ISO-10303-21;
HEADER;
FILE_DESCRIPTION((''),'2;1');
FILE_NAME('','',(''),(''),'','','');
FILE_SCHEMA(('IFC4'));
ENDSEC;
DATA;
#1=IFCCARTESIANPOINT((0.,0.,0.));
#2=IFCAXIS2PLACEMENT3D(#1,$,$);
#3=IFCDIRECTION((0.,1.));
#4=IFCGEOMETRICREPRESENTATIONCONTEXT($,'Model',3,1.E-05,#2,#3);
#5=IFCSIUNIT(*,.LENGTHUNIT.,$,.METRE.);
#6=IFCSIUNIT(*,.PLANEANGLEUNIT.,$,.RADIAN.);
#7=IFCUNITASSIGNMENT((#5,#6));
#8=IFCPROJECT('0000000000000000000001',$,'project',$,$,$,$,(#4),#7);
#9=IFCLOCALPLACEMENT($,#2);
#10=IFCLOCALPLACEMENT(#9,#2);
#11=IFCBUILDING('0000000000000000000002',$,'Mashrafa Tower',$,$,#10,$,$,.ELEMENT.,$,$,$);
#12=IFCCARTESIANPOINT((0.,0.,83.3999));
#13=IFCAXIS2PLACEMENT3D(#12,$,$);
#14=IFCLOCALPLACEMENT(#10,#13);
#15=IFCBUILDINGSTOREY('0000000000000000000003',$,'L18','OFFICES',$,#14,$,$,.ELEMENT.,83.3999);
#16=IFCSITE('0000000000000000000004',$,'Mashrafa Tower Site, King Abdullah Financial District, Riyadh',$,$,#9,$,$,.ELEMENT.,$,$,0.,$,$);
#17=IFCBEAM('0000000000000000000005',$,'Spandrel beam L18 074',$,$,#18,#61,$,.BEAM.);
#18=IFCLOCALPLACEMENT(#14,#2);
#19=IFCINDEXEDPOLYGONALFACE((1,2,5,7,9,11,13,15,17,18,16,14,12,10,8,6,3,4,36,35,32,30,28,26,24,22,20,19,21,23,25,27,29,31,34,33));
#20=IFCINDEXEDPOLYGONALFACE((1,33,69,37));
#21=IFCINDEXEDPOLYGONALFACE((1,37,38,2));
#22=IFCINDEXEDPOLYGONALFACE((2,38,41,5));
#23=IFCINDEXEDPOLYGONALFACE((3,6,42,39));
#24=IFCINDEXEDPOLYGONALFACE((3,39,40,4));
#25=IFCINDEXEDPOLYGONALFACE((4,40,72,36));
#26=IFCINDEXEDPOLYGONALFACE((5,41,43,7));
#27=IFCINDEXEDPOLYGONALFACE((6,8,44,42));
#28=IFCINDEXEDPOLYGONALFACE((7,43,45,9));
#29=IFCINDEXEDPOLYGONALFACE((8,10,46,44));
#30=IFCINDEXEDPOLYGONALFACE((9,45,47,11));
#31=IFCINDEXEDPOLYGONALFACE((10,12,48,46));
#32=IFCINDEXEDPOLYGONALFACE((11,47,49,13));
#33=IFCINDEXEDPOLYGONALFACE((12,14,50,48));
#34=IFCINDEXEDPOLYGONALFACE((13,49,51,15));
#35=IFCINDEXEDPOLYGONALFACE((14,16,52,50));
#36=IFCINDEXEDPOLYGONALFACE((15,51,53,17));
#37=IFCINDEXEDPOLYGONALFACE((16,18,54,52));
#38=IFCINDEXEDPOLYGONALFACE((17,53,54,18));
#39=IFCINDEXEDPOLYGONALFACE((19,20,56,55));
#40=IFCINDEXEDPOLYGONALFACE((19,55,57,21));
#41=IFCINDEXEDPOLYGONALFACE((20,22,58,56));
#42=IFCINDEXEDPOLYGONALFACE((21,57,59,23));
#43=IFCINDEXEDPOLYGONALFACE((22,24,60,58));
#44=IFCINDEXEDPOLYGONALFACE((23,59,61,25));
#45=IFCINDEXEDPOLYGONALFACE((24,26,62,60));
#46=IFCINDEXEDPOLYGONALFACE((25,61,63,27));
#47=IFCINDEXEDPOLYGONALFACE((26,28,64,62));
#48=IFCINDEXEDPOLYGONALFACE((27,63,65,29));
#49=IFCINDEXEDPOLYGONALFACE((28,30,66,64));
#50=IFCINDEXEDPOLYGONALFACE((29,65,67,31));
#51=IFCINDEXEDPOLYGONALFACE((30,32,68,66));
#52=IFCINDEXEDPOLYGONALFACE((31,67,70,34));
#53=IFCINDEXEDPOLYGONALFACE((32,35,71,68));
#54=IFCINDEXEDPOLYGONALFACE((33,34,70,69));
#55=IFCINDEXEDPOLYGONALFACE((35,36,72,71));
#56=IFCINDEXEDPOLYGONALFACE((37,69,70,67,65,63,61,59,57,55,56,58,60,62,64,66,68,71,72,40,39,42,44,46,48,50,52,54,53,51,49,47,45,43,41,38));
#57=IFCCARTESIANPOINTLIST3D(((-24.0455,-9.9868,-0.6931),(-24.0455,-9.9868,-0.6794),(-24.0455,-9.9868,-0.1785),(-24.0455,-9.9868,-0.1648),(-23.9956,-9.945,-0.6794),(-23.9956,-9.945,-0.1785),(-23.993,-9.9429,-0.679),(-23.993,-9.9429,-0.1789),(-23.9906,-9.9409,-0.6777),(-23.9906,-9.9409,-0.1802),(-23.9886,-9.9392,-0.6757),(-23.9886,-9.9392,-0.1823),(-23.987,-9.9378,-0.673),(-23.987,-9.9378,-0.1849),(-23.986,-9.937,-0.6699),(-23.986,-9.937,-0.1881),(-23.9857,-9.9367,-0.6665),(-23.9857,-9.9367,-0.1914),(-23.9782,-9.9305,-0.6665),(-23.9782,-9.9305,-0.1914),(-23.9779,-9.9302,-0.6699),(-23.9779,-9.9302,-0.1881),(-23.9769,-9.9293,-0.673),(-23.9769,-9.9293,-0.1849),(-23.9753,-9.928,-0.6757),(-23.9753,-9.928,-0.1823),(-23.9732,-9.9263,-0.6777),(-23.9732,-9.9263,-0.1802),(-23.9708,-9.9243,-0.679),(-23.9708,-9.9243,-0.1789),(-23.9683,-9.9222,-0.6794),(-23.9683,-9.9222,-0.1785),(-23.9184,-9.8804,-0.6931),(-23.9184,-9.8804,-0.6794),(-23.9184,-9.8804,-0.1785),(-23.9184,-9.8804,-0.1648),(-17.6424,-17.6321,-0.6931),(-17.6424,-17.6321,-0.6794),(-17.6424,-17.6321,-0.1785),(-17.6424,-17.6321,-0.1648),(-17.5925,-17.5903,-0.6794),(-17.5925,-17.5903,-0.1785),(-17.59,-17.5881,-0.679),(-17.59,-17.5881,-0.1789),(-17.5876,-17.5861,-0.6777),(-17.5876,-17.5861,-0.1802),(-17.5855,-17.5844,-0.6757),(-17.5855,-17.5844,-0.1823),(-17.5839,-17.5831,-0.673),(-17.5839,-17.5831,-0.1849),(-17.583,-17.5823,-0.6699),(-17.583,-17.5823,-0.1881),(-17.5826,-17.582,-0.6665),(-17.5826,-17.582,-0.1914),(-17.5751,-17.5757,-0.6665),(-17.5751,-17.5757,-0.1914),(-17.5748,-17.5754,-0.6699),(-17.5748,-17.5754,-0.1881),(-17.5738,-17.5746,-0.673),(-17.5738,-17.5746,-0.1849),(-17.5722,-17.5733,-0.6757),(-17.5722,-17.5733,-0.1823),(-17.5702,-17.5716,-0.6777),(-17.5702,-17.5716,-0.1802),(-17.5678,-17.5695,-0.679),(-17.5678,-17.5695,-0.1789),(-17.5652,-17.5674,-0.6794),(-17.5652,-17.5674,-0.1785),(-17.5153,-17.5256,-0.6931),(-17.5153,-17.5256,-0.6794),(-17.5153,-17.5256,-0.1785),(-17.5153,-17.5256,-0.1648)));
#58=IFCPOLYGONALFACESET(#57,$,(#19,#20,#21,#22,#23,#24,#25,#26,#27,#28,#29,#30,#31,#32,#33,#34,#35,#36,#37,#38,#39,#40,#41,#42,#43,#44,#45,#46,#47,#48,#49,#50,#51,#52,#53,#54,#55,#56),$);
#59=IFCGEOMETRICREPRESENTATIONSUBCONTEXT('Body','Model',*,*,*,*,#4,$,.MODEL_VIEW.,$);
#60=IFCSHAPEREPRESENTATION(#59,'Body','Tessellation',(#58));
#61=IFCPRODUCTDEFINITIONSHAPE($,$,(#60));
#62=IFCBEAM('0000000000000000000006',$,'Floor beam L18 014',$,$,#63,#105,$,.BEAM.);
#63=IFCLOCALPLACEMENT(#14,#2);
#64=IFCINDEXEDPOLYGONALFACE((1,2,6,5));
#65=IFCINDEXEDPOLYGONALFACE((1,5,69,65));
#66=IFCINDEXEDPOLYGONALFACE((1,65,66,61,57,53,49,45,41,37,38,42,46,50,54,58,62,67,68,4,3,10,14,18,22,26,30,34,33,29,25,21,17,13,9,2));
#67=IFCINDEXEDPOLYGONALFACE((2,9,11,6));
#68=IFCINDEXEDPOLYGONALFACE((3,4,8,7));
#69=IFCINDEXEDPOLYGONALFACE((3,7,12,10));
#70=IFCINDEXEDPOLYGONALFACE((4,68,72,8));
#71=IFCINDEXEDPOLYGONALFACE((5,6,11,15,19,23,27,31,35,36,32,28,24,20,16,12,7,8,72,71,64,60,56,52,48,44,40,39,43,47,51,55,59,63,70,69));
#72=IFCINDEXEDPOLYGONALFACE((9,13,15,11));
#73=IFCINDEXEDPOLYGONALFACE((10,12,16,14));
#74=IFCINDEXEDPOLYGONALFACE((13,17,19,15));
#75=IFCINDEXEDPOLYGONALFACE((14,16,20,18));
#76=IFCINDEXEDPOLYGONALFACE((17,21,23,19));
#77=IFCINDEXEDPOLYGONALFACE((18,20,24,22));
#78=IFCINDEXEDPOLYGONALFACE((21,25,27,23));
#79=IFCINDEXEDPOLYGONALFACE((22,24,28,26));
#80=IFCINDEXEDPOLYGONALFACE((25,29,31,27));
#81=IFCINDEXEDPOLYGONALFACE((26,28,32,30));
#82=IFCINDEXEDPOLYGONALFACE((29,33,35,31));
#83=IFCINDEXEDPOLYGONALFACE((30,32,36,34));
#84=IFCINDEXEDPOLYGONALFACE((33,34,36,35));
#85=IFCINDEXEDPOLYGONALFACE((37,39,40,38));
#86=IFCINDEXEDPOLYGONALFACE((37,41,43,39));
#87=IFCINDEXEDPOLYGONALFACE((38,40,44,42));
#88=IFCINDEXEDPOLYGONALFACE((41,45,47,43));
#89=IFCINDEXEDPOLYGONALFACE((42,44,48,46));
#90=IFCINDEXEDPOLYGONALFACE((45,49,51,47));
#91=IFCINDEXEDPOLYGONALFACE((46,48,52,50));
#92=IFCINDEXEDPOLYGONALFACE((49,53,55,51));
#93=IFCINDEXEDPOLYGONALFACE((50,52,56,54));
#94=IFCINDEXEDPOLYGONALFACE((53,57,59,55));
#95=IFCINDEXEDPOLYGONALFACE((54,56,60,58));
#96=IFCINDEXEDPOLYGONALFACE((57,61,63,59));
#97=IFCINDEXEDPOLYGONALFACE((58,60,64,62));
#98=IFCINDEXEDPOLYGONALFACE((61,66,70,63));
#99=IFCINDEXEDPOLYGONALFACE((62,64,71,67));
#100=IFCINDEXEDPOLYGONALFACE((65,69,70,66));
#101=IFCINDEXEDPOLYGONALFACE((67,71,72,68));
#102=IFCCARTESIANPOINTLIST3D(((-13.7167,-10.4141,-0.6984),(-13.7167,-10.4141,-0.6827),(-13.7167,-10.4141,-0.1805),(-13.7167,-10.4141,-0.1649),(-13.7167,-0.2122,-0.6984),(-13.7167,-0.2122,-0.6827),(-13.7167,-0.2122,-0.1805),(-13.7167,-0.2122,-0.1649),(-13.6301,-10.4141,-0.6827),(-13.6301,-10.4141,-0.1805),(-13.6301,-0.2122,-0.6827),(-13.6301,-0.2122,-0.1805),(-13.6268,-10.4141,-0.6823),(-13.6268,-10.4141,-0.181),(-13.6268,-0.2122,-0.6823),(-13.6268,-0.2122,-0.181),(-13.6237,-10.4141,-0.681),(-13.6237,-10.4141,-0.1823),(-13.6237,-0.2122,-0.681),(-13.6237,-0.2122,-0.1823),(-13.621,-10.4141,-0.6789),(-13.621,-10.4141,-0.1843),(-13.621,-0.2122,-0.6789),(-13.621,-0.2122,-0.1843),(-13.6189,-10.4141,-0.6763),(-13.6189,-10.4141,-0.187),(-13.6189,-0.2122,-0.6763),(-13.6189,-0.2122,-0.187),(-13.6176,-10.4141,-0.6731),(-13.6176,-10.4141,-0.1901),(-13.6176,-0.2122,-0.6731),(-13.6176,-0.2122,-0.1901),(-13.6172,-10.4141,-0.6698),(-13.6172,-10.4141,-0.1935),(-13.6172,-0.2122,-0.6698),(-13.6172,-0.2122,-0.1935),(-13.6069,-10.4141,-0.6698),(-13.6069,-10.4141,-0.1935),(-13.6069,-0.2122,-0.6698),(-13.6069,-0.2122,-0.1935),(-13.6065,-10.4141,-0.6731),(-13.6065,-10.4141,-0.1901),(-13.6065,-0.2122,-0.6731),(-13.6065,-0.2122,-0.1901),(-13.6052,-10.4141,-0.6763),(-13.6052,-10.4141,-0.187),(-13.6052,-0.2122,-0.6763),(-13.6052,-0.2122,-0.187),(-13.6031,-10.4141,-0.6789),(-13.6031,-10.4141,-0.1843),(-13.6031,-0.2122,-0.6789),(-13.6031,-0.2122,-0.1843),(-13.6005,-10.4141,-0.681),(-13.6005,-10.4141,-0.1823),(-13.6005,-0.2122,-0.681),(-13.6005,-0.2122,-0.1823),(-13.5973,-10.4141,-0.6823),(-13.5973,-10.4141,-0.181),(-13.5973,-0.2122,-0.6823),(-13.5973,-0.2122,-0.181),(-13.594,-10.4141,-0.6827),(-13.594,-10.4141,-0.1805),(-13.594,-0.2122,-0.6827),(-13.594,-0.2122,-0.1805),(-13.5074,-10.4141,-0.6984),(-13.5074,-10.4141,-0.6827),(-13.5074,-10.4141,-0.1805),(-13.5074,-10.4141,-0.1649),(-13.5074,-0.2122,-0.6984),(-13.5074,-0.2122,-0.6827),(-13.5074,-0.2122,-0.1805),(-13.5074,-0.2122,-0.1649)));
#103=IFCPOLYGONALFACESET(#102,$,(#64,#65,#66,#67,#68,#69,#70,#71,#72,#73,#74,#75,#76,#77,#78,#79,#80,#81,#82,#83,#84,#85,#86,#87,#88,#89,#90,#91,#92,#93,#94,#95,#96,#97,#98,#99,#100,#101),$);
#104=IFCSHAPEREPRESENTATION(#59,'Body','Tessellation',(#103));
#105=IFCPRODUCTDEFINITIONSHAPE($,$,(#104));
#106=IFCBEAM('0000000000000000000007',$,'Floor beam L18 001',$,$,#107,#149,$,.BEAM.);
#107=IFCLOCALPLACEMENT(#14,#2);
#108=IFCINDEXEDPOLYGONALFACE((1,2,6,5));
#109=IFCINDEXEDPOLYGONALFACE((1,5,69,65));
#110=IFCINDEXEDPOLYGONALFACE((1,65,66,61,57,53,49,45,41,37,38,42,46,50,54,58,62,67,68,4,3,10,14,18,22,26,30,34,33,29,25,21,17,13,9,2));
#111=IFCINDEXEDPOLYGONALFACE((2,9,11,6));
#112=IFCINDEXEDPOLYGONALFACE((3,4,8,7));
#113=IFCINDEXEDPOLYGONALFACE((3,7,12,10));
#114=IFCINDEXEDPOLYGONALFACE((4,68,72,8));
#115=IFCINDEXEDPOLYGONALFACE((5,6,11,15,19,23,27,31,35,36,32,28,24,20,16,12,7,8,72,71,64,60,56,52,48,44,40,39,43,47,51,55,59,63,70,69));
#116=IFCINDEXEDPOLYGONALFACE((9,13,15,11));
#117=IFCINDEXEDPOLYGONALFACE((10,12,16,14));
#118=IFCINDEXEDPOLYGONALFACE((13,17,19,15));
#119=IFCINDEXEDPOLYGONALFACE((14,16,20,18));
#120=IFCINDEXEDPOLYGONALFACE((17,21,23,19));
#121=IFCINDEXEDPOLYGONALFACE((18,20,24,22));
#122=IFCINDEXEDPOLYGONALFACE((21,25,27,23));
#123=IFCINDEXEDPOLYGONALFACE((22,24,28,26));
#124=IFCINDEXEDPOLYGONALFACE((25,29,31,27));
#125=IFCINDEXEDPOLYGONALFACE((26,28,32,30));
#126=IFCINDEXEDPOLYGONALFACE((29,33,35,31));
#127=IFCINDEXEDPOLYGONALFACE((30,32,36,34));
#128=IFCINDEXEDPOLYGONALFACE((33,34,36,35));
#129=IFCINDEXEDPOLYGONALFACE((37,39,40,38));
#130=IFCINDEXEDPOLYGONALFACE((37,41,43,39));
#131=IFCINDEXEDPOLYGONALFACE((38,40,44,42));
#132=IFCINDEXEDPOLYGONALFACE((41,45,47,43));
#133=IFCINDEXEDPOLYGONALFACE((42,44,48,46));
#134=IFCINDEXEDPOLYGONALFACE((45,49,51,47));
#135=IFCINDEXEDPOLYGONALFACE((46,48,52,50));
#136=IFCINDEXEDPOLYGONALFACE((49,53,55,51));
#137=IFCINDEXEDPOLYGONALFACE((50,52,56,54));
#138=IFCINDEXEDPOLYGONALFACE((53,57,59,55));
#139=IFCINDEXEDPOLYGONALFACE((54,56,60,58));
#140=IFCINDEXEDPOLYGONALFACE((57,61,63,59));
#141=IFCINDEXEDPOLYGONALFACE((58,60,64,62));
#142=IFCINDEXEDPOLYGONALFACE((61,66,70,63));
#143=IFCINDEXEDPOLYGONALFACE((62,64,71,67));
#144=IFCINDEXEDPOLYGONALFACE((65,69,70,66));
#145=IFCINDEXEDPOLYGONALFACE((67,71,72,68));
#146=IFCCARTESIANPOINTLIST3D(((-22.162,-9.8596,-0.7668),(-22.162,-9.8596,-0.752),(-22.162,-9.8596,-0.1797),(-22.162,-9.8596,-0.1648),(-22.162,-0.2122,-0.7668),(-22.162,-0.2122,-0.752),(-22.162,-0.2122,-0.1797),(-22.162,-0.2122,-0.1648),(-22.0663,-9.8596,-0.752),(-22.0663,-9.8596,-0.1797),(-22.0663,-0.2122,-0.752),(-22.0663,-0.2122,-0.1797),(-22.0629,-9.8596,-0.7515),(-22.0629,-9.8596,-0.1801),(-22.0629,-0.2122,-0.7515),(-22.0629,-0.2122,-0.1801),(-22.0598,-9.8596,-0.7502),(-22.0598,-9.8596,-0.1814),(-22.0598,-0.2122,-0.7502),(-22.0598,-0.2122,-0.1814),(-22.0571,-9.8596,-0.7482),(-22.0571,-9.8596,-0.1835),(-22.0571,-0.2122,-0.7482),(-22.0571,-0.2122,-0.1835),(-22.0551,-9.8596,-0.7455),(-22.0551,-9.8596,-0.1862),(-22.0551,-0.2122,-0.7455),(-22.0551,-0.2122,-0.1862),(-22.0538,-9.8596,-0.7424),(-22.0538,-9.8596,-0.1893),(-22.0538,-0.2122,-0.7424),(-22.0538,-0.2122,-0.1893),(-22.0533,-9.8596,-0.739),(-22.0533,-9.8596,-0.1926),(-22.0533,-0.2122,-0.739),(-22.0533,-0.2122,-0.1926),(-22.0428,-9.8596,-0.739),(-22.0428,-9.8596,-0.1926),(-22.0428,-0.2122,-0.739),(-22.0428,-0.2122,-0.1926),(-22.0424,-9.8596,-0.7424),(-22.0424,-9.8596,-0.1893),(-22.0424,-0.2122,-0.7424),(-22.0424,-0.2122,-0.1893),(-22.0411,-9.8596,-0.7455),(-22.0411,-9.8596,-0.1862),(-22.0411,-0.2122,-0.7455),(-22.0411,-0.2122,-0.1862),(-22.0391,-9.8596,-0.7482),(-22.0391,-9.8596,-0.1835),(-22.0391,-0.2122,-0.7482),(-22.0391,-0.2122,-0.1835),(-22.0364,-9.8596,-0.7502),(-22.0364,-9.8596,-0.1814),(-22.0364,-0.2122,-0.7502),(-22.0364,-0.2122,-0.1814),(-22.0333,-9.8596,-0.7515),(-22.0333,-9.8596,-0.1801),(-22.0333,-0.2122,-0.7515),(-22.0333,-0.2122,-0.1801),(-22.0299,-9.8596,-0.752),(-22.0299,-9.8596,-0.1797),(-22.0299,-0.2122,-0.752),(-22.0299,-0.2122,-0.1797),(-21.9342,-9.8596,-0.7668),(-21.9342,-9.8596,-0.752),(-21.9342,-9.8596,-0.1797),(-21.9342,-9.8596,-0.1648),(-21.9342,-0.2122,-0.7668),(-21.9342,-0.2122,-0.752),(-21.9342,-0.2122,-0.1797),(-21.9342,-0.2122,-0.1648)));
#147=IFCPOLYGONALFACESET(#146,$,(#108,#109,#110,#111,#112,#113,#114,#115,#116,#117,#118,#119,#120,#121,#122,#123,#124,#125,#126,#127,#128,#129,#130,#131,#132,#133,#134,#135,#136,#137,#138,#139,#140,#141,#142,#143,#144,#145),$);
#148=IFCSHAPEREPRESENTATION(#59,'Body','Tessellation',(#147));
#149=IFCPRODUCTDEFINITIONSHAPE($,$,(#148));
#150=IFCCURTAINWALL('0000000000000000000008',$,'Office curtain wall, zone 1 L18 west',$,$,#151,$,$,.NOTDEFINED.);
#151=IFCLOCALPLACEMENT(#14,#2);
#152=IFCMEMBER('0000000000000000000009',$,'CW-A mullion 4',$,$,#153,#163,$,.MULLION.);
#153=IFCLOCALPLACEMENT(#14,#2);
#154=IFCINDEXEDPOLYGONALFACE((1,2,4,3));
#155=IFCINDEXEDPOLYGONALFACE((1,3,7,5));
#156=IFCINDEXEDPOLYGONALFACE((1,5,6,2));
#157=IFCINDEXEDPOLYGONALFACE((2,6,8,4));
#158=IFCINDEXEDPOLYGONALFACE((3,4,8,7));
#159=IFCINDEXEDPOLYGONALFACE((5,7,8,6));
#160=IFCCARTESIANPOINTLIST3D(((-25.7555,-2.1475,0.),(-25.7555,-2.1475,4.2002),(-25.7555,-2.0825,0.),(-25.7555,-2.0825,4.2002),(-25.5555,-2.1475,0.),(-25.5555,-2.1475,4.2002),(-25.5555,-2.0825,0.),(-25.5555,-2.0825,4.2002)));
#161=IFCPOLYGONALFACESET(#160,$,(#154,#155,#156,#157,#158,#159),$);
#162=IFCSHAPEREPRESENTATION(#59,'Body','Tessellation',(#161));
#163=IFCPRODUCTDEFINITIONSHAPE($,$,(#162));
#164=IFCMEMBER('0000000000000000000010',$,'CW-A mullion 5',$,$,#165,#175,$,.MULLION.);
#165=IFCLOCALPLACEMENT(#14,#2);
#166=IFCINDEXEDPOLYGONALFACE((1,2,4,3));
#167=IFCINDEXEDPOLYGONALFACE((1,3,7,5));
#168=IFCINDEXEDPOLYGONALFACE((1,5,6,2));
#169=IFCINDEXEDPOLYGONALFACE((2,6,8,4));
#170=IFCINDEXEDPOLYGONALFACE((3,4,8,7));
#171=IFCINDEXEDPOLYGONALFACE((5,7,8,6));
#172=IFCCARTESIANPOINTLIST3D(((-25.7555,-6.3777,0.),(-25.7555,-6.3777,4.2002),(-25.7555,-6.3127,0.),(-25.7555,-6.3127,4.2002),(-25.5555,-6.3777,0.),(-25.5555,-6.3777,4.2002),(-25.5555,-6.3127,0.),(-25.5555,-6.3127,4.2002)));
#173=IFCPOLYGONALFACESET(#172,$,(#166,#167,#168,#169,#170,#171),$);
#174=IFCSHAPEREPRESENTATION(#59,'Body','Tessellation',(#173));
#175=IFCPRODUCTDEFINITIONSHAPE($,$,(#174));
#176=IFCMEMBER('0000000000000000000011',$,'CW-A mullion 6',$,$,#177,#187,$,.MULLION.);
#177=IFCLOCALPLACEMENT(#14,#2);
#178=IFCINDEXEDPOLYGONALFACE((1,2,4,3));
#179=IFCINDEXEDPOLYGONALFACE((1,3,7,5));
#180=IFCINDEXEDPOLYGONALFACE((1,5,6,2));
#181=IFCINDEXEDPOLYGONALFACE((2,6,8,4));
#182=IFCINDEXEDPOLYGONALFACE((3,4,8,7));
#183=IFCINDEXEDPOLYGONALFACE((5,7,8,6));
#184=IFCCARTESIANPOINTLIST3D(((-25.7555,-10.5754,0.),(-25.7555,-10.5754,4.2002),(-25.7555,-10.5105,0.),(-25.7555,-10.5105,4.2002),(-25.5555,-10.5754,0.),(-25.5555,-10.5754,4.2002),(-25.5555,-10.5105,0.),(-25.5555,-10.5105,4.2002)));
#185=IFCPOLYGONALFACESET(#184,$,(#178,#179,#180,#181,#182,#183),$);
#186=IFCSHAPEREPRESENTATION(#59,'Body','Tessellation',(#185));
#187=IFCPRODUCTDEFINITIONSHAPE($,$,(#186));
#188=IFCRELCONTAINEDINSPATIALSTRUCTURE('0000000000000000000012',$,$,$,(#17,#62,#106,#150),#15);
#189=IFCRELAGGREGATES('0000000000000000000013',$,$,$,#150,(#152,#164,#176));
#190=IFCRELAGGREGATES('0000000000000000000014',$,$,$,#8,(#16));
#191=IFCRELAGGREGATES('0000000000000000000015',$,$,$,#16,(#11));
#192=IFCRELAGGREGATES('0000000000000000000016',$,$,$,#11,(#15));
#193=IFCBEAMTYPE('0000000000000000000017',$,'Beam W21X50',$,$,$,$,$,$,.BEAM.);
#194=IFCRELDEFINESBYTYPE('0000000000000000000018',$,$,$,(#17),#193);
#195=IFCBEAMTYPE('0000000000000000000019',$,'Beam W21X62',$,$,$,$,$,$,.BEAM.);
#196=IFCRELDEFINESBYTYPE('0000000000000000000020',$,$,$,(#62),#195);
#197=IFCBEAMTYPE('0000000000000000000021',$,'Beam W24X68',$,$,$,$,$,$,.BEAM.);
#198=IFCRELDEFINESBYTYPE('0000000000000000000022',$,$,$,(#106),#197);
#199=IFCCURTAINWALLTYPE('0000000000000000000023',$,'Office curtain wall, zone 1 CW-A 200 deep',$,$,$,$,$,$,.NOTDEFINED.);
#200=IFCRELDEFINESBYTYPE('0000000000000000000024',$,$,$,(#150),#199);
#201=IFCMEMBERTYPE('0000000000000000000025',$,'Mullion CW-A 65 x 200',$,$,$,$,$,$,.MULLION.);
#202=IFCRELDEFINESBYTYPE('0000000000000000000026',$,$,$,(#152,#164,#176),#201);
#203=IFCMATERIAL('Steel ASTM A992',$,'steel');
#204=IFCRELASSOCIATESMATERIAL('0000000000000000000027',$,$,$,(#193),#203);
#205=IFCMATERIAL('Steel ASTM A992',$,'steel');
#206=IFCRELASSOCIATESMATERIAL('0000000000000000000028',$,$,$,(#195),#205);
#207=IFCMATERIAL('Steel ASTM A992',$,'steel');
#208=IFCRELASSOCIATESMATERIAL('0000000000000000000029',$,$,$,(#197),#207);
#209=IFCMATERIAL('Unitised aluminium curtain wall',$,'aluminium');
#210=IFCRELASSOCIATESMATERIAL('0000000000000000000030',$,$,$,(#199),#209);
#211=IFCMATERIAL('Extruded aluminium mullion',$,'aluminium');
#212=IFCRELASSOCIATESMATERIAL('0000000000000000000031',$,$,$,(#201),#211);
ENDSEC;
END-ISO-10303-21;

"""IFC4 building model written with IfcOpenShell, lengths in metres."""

from ifc_helpers import new_model, si_unit, direction, frame, origin, origin_2d, place, context, subcontext, project, spatial, rectangle, i_section, extrude, source, transform, mapped, material, material_profile, profile_set, type_object, type_shapes, element, aggregate, save


model = new_model("IFC4")

# Units and contexts
model_context = context("Model", 3, precision=1e-05, world=origin(), true_north=direction((0.0, 1.0)))
body_context = subcontext(model_context, "Body", "Model", "MODEL_VIEW")
ifc_project = project(units=[si_unit("LENGTHUNIT", "METRE"), si_unit("PLANEANGLEUNIT", "RADIAN")], contexts=[model_context])

# Site, building, storey
site_placement = place(None, origin())
site = spatial("IfcSite", under=ifc_project, at=site_placement, Name="Mashrafa Tower Site, King Abdullah Financial District, Riyadh", CompositionType="ELEMENT", RefElevation=0.0)
building_placement = place(site_placement, origin())
building = spatial("IfcBuilding", under=site, at=building_placement, Name="Mashrafa Tower", CompositionType="ELEMENT")
storey_placement = place(building_placement, frame((0.0, 0.0, 83.3999)))
storey = spatial("IfcBuildingStorey", under=building, at=storey_placement, Name="L18", Description="OFFICES", CompositionType="ELEMENT", Elevation=83.3999)

# Beams
ifc_material_1 = material(Name="Steel ASTM A992", Category="steel")
ifc_material_profile_1 = material_profile(ifc_material_1, i_section(OverallWidth=0.1658, OverallDepth=0.5283, WebThickness=0.0098, FlangeThickness=0.0137, FilletRadius=0.0129, at=origin_2d()), Name="W21X50")
ifc_profile_set_1 = profile_set([ifc_material_profile_1], Name="Steel ASTM A992")
beam_type_1 = type_object("IfcBeamType", Name="Beam W21X50", PredefinedType="BEAM", material=ifc_profile_set_1)
for number, where, z_axis, x_axis, name in (
    (1, (-23.9819, -9.9336, -0.429), (0.642078, -0.76664, 0.0), (0.76664, 0.642078, 0.0), "Spandrel beam L18 074"),
):
    element("IfcBeam", number, at=place(storey_placement, frame(where, z_axis=z_axis, x_axis=x_axis)), inside=storey, type_object=beam_type_1, Name=name, PredefinedType="BEAM", context=body_context, shape_type="SweptSolid", body=[
        extrude(i_section(OverallWidth=0.1658, OverallDepth=0.5283, WebThickness=0.0098, FlangeThickness=0.0137, FilletRadius=0.0129, at=origin_2d()), origin(), (0.0, 0.0, 1.0), 9.9724),
    ])
ifc_material_2 = material(Name="Steel ASTM A992", Category="steel")
ifc_material_profile_2 = material_profile(ifc_material_2, i_section(OverallWidth=0.2092, OverallDepth=0.5334, WebThickness=0.0103, FlangeThickness=0.0156, FilletRadius=0.0129, at=origin_2d()), Name="W21X62")
ifc_profile_set_2 = profile_set([ifc_material_profile_2], Name="Steel ASTM A992")
beam_type_2 = type_object("IfcBeamType", Name="Beam W21X62", PredefinedType="BEAM", material=ifc_profile_set_2)
beam_1_placement = place(storey_placement, frame((-13.6121, -10.4141, -0.4316), z_axis=(0.0, 1.0, 0.0), x_axis=(-1.0, 0.0, 0.0)))
element("IfcBeam", 2, at=beam_1_placement, inside=storey, type_object=beam_type_2, Name="Floor beam L18 014", PredefinedType="BEAM", context=body_context, shape_type="SweptSolid", body=[
    extrude(i_section(OverallWidth=0.2092, OverallDepth=0.5334, WebThickness=0.0103, FlangeThickness=0.0156, FilletRadius=0.0129, at=origin_2d()), origin(), (0.0, 0.0, 1.0), 10.2019),
])
ifc_material_3 = material(Name="Steel ASTM A992", Category="steel")
ifc_material_profile_3 = material_profile(ifc_material_3, i_section(OverallWidth=0.2278, OverallDepth=0.6021, WebThickness=0.0105, FlangeThickness=0.0149, FilletRadius=0.0129, at=origin_2d()), Name="W24X68")
ifc_profile_set_3 = profile_set([ifc_material_profile_3], Name="Steel ASTM A992")
beam_type_3 = type_object("IfcBeamType", Name="Beam W24X68", PredefinedType="BEAM", material=ifc_profile_set_3)
beam_2_placement = place(storey_placement, frame((-22.0481, -9.8596, -0.4658), z_axis=(0.0, 1.0, 0.0), x_axis=(-1.0, 0.0, 0.0)))
element("IfcBeam", 3, at=beam_2_placement, inside=storey, type_object=beam_type_3, Name="Floor beam L18 001", PredefinedType="BEAM", context=body_context, shape_type="SweptSolid", body=[
    extrude(i_section(OverallWidth=0.2278, OverallDepth=0.6021, WebThickness=0.0105, FlangeThickness=0.0149, FilletRadius=0.0129, at=origin_2d()), origin(), (0.0, 0.0, 1.0), 9.6475),
])

# Curtain wall, members
ifc_material_4 = material(Name="Unitised aluminium curtain wall", Category="aluminium")
curtain_wall_type = type_object("IfcCurtainWallType", Name="Office curtain wall, zone 1 CW-A 200 deep", PredefinedType="NOTDEFINED", material=ifc_material_4)
curtain_wall_placement = place(storey_placement, origin())
curtain_wall = element("IfcCurtainWall", 4, at=curtain_wall_placement, inside=storey, type_object=curtain_wall_type, Name="Office curtain wall, zone 1 L18 west", PredefinedType="NOTDEFINED")
ifc_material_5 = material(Name="Extruded aluminium mullion", Category="aluminium")
ifc_material_profile_4 = material_profile(ifc_material_5, rectangle(XDim=0.2, YDim=0.0649, at=origin_2d()), Name="Mullion 65x200")
ifc_profile_set_4 = profile_set([ifc_material_profile_4], Name="Extruded aluminium mullion")
member_type_1 = type_object("IfcMemberType", Name="Mullion CW-A 65 x 200", PredefinedType="MULLION", material=ifc_profile_set_4)
shared_shape_1 = source(origin(), body_context, "Body", "SweptSolid", [
    extrude(rectangle(XDim=0.2, YDim=0.0649, at=origin_2d()), origin(), (0.0, 0.0, 1.0), 4.2002),
])
type_shapes(member_type_1, [shared_shape_1])
member_1_placement = place(storey_placement, frame((-25.6555, -2.115, 0.0), z_axis=(0.0, 0.0, 1.0), x_axis=(1.0, 0.0, 0.0)))
member_1 = element("IfcMember", 5, at=member_1_placement, type_object=member_type_1, Name="CW-A mullion 4", PredefinedType="MULLION", context=body_context, shape_type="MappedRepresentation", body=[
    mapped(shared_shape_1, transform((0.0, 0.0, 0.0))),
])
member_2_placement = place(storey_placement, frame((-25.6555, -6.3452, 0.0), z_axis=(0.0, 0.0, 1.0), x_axis=(1.0, 0.0, 0.0)))
member_2 = element("IfcMember", 6, at=member_2_placement, type_object=member_type_1, Name="CW-A mullion 5", PredefinedType="MULLION", context=body_context, shape_type="MappedRepresentation", body=[
    mapped(shared_shape_1, transform((0.0, 0.0, 0.0))),
])
member_3_placement = place(storey_placement, frame((-25.6555, -10.543, 0.0), z_axis=(0.0, 0.0, 1.0), x_axis=(1.0, 0.0, 0.0)))
member_3 = element("IfcMember", 7, at=member_3_placement, type_object=member_type_1, Name="CW-A mullion 6", PredefinedType="MULLION", context=body_context, shape_type="MappedRepresentation", body=[
    mapped(shared_shape_1, transform((0.0, 0.0, 0.0))),
])
aggregate(curtain_wall, [member_1, member_2, member_3])

save(model, "model.ifc")
